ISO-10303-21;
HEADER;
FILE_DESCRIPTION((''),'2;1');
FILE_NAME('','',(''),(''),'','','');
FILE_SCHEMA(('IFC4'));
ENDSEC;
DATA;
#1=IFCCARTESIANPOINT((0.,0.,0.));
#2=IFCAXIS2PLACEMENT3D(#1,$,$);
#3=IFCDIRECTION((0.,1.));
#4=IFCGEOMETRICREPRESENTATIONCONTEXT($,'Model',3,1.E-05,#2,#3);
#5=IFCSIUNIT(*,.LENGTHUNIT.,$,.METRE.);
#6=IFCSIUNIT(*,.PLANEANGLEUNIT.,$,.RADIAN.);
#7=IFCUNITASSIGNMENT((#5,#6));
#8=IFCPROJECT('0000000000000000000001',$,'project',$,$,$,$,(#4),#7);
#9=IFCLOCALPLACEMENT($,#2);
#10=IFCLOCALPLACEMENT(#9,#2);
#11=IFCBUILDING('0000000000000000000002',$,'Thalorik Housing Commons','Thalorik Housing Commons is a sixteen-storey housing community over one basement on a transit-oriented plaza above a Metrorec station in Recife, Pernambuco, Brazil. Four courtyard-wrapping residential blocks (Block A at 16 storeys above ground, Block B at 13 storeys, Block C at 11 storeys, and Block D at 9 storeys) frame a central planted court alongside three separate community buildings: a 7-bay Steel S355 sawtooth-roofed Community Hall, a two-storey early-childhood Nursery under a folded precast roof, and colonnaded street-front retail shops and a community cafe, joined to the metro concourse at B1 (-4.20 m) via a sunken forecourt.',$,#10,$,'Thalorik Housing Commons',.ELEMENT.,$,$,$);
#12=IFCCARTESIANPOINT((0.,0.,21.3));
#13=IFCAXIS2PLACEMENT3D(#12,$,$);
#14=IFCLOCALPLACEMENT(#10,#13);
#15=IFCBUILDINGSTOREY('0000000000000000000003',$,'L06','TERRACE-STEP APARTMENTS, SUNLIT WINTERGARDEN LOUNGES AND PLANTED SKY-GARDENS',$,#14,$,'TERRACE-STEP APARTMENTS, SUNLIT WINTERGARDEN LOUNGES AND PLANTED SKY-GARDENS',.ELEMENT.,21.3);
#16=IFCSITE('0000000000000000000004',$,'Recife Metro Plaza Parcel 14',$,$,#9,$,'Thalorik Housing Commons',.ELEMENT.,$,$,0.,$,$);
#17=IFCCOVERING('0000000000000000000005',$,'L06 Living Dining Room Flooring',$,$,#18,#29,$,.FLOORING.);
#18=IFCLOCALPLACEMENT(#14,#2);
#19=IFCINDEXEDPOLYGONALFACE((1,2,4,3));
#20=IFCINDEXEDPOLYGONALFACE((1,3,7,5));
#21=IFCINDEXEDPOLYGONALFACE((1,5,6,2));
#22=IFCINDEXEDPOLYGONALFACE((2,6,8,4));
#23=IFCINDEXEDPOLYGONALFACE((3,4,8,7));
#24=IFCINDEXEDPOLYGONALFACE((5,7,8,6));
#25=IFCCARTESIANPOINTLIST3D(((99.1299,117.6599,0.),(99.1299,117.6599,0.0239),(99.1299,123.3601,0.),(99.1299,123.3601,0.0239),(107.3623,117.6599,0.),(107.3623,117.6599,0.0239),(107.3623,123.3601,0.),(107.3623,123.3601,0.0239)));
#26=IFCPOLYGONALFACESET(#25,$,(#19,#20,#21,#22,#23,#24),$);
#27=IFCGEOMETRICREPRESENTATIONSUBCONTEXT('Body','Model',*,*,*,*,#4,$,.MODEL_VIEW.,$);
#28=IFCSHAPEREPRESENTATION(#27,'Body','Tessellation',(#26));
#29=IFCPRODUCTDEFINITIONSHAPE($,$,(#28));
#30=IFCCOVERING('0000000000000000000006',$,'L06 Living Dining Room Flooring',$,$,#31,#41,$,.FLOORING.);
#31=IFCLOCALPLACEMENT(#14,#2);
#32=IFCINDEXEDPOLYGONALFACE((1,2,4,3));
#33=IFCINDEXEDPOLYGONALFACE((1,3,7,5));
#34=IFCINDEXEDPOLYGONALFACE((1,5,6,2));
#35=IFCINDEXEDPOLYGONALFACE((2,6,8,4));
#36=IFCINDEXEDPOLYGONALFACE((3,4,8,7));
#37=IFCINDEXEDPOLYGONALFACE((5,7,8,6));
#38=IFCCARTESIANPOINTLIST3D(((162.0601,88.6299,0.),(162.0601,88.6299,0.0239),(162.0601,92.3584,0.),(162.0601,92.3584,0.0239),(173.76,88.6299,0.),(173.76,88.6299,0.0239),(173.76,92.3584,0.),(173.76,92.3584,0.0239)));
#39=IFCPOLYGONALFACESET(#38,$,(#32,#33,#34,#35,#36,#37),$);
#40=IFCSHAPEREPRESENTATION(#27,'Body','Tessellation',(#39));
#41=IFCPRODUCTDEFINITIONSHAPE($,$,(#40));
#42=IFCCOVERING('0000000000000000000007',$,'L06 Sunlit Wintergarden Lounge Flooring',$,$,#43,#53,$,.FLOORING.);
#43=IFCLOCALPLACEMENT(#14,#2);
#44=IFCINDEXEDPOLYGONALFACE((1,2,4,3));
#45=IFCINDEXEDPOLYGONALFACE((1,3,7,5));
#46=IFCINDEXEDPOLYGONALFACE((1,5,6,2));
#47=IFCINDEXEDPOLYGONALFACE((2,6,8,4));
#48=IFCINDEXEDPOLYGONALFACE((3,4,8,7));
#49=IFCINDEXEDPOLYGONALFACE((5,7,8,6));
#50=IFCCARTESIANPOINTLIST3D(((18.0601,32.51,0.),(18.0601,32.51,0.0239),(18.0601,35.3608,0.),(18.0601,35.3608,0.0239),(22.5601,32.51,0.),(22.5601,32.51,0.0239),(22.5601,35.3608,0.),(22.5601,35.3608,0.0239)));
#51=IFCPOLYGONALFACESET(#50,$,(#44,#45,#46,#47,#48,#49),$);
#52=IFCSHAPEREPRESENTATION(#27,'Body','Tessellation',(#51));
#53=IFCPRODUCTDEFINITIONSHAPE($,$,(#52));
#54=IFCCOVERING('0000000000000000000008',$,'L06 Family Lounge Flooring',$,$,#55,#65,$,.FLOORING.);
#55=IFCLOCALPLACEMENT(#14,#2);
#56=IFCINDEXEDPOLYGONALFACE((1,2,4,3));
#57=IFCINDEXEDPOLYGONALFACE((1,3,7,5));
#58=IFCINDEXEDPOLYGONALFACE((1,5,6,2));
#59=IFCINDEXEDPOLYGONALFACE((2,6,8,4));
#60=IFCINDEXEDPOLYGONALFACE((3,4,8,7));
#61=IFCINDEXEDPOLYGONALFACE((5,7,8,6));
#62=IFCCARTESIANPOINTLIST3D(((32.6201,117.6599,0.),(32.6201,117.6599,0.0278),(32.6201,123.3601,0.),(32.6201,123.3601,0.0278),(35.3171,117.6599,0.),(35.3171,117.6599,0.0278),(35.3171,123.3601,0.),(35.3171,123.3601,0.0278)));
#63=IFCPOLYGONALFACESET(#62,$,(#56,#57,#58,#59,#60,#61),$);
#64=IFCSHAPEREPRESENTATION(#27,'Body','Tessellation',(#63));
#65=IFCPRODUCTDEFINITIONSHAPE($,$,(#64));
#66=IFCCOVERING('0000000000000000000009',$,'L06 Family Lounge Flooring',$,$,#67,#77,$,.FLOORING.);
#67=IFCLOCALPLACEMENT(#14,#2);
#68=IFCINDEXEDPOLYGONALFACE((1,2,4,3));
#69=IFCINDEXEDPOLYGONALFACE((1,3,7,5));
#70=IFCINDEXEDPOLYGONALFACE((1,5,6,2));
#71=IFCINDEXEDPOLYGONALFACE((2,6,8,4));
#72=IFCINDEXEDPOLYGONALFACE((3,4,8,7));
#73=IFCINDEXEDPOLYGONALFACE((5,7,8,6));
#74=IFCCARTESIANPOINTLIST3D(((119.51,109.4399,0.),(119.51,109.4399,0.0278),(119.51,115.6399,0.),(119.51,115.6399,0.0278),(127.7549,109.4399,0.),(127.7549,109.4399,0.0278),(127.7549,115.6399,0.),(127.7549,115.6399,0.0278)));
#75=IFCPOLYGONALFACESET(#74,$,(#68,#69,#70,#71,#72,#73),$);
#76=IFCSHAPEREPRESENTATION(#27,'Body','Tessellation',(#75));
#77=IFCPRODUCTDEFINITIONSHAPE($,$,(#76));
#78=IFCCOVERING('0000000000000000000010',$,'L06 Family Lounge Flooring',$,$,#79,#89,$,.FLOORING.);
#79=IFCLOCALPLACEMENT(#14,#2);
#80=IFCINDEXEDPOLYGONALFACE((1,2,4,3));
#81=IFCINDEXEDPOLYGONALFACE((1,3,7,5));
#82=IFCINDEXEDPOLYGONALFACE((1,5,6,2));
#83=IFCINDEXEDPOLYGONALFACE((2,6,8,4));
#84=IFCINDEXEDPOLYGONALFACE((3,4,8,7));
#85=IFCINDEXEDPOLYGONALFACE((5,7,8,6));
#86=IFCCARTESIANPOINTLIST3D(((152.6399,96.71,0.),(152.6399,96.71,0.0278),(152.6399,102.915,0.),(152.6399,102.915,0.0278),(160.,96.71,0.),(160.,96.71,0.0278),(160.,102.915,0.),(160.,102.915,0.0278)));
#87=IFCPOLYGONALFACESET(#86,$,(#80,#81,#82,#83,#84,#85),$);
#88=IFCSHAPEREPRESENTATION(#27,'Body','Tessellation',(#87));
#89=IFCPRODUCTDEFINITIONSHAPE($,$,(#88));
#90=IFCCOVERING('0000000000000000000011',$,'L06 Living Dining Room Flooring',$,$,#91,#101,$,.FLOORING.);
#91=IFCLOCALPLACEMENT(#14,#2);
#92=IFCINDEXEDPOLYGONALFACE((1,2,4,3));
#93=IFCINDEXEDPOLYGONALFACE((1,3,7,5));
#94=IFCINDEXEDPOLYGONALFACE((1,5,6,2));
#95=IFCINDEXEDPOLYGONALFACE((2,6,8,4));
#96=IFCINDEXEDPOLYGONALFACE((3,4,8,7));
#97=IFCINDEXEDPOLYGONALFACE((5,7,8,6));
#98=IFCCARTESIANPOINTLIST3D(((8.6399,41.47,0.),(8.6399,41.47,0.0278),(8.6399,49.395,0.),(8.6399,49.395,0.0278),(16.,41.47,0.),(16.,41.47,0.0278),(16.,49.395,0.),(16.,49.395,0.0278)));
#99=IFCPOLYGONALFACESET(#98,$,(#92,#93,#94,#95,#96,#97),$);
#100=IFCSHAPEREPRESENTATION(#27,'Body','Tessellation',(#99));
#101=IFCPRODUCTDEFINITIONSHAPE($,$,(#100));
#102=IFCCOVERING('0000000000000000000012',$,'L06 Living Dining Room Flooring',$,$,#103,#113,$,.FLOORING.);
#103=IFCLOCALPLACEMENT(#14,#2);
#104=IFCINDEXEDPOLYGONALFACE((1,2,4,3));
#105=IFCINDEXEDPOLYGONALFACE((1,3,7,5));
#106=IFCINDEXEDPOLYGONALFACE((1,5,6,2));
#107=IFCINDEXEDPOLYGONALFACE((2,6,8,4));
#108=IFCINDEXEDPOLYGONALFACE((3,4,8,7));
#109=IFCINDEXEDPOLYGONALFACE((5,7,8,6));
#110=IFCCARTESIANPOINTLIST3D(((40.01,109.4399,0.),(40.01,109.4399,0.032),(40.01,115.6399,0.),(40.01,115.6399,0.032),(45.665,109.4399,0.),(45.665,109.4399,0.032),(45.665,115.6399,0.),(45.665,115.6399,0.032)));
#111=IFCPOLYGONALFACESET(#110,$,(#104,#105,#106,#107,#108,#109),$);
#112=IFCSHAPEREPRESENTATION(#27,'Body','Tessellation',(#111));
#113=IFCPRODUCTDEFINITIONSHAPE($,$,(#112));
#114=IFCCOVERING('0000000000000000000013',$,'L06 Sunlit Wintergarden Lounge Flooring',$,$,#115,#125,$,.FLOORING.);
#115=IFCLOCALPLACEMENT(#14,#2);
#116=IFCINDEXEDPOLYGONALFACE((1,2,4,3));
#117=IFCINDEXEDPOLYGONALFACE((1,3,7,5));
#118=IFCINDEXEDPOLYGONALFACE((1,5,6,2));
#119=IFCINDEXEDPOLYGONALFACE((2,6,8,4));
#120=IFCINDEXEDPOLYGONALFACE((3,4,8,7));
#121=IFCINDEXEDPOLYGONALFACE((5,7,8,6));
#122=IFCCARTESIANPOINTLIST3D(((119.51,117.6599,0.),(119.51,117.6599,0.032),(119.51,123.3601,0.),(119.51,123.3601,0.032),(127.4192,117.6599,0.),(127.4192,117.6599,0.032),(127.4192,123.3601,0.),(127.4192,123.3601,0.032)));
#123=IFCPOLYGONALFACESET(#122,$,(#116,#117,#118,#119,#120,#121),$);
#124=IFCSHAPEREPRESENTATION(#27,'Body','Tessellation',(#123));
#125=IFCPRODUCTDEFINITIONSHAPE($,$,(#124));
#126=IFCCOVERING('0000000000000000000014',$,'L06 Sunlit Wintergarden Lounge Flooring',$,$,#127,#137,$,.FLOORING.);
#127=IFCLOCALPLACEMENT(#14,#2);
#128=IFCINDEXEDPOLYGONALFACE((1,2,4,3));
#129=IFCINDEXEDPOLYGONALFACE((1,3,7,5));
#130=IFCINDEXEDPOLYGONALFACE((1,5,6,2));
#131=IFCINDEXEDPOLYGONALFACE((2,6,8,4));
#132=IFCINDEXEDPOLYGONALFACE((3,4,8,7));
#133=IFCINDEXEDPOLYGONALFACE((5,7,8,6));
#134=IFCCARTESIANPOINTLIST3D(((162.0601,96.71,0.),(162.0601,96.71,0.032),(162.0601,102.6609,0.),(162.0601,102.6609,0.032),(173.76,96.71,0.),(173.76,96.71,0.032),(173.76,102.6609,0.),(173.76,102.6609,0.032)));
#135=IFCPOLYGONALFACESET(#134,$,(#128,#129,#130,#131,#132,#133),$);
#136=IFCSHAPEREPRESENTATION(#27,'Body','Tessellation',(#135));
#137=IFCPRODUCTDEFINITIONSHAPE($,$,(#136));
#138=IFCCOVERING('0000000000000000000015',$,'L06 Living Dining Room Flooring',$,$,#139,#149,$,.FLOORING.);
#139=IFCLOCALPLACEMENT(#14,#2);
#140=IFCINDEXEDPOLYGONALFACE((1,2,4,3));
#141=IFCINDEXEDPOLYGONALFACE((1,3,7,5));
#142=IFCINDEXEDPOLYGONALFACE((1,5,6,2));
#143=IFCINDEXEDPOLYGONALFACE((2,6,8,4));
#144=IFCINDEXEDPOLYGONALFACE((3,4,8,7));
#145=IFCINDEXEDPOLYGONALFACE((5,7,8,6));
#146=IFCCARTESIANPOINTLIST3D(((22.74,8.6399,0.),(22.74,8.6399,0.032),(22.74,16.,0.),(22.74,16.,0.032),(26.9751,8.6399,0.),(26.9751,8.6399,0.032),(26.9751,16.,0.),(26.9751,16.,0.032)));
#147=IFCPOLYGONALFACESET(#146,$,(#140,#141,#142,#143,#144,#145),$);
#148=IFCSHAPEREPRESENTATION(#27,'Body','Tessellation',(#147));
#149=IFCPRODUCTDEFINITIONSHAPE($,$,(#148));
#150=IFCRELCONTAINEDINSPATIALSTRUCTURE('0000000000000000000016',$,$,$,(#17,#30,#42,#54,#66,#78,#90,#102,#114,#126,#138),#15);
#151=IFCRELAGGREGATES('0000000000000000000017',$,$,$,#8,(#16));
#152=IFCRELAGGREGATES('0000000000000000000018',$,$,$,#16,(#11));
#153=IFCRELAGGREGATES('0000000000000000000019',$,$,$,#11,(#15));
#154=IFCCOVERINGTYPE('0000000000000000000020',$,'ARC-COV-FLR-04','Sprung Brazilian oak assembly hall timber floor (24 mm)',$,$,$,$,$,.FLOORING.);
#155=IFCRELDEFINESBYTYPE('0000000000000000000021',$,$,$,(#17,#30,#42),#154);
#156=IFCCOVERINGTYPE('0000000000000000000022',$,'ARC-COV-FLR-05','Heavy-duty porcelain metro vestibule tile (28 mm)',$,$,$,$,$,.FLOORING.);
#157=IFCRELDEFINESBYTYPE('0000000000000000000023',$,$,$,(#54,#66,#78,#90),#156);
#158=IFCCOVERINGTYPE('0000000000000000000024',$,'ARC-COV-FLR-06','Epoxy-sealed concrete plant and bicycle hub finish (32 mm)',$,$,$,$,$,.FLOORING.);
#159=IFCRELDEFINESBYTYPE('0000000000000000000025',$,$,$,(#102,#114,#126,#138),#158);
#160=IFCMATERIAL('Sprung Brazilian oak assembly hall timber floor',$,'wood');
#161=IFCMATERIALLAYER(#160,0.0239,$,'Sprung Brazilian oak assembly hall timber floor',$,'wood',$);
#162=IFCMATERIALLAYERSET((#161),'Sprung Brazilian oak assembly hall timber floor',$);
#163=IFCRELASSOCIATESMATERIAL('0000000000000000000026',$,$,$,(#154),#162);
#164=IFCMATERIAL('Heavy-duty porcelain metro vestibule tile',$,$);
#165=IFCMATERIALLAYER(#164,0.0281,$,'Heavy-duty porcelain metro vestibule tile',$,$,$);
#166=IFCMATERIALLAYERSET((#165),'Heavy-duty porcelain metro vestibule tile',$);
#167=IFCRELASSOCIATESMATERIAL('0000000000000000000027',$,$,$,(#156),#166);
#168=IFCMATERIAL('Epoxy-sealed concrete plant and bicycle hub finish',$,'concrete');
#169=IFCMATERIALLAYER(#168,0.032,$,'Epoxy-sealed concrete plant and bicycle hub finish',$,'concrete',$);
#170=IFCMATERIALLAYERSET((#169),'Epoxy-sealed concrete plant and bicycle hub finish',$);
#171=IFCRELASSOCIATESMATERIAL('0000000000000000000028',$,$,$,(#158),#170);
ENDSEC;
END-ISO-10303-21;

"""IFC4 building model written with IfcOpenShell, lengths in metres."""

from ifc_helpers import new_model, si_unit, direction, frame, origin, place, context, subcontext, project, spatial, polyline, outline, extrude, material, layer, layer_set, type_object, element, save


model = new_model("IFC4")

# Units and contexts
model_context = context("Model", 3, precision=1e-05, world=origin(), true_north=direction((0.0, 1.0)))
body_context = subcontext(model_context, "Body", "Model", "MODEL_VIEW")
ifc_project = project(units=[si_unit("LENGTHUNIT", "METRE"), si_unit("PLANEANGLEUNIT", "RADIAN")], contexts=[model_context])

# Site, building, storey
site_placement = place(None, origin())
site = spatial("IfcSite", under=ifc_project, at=site_placement, Name="Recife Metro Plaza Parcel 14", LongName="Thalorik Housing Commons", CompositionType="ELEMENT", RefElevation=0.0)
building_placement = place(site_placement, origin())
building = spatial("IfcBuilding", under=site, at=building_placement, Name="Thalorik Housing Commons", Description="Thalorik Housing Commons is a sixteen-storey housing community over one basement on a transit-oriented plaza above a Metrorec station in Recife, Pernambuco, Brazil. Four courtyard-wrapping residential blocks (Block A at 16 storeys above ground, Block B at 13 storeys, Block C at 11 storeys, and Block D at 9 storeys) frame a central planted court alongside three separate community buildings: a 7-bay Steel S355 sawtooth-roofed Community Hall, a two-storey early-childhood Nursery under a folded precast roof, and colonnaded street-front retail shops and a community cafe, joined to the metro concourse at B1 (-4.20 m) via a sunken forecourt.", LongName="Thalorik Housing Commons", CompositionType="ELEMENT")
storey_placement = place(building_placement, frame((0.0, 0.0, 21.3)))
storey = spatial("IfcBuildingStorey", under=building, at=storey_placement, Name="L06", Description="TERRACE-STEP APARTMENTS, SUNLIT WINTERGARDEN LOUNGES AND PLANTED SKY-GARDENS", LongName="TERRACE-STEP APARTMENTS, SUNLIT WINTERGARDEN LOUNGES AND PLANTED SKY-GARDENS", CompositionType="ELEMENT", Elevation=21.3)

# Coverings
ifc_material_1 = material(Name="Sprung Brazilian oak assembly hall timber floor", Category="wood")
ifc_layer_1 = layer(ifc_material_1, 0.0239, Name="Sprung Brazilian oak assembly hall timber floor", Category="wood")
ifc_layer_set_1 = layer_set([ifc_layer_1], Name="Sprung Brazilian oak assembly hall timber floor")
covering_type_1 = type_object("IfcCoveringType", Name="ARC-COV-FLR-04", Description="Sprung Brazilian oak assembly hall timber floor (24 mm)", PredefinedType="FLOORING", material=ifc_layer_set_1)
covering_1_placement = place(storey_placement, origin())
element("IfcCovering", 1, at=covering_1_placement, inside=storey, type_object=covering_type_1, Name="L06 Living Dining Room Flooring", PredefinedType="FLOORING", context=body_context, shape_type="SweptSolid", body=[
    extrude(outline(polyline([(107.3623, 117.6599), (107.3623, 123.3601), (99.1299, 123.3601), (99.1299, 117.6599), (107.3623, 117.6599)])), origin(), (0.0, 0.0, 1.0), 0.0239),
])
covering_2_placement = place(storey_placement, origin())
element("IfcCovering", 2, at=covering_2_placement, inside=storey, type_object=covering_type_1, Name="L06 Living Dining Room Flooring", PredefinedType="FLOORING", context=body_context, shape_type="SweptSolid", body=[
    extrude(outline(polyline([(173.76, 92.3584), (162.0601, 92.3584), (162.0601, 88.6299), (173.76, 88.6299), (173.76, 92.3584)])), origin(), (0.0, 0.0, 1.0), 0.0239),
])
covering_3_placement = place(storey_placement, origin())
element("IfcCovering", 3, at=covering_3_placement, inside=storey, type_object=covering_type_1, Name="L06 Sunlit Wintergarden Lounge Flooring", PredefinedType="FLOORING", context=body_context, shape_type="SweptSolid", body=[
    extrude(outline(polyline([(22.5601, 35.3608), (18.0601, 35.3608), (18.0601, 32.51), (22.5601, 32.51), (22.5601, 35.3608)])), origin(), (0.0, 0.0, 1.0), 0.0239),
])
ifc_material_2 = material(Name="Heavy-duty porcelain metro vestibule tile")
ifc_layer_2 = layer(ifc_material_2, 0.0281, Name="Heavy-duty porcelain metro vestibule tile")
ifc_layer_set_2 = layer_set([ifc_layer_2], Name="Heavy-duty porcelain metro vestibule tile")
covering_type_2 = type_object("IfcCoveringType", Name="ARC-COV-FLR-05", Description="Heavy-duty porcelain metro vestibule tile (28 mm)", PredefinedType="FLOORING", material=ifc_layer_set_2)
covering_4_placement = place(storey_placement, origin())
element("IfcCovering", 4, at=covering_4_placement, inside=storey, type_object=covering_type_2, Name="L06 Family Lounge Flooring", PredefinedType="FLOORING", context=body_context, shape_type="SweptSolid", body=[
    extrude(outline(polyline([(35.3171, 117.6599), (35.3171, 123.3601), (32.6201, 123.3601), (32.6201, 117.6599), (35.3171, 117.6599)])), origin(), (0.0, 0.0, 1.0), 0.0278),
])
covering_5_placement = place(storey_placement, origin())
element("IfcCovering", 5, at=covering_5_placement, inside=storey, type_object=covering_type_2, Name="L06 Family Lounge Flooring", PredefinedType="FLOORING", context=body_context, shape_type="SweptSolid", body=[
    extrude(outline(polyline([(127.7549, 109.4399), (127.7549, 115.6399), (119.51, 115.6399), (119.51, 109.4399), (127.7549, 109.4399)])), origin(), (0.0, 0.0, 1.0), 0.0278),
])
covering_6_placement = place(storey_placement, origin())
element("IfcCovering", 6, at=covering_6_placement, inside=storey, type_object=covering_type_2, Name="L06 Family Lounge Flooring", PredefinedType="FLOORING", context=body_context, shape_type="SweptSolid", body=[
    extrude(outline(polyline([(160.0, 102.915), (152.6399, 102.915), (152.6399, 96.71), (160.0, 96.71), (160.0, 102.915)])), origin(), (0.0, 0.0, 1.0), 0.0278),
])
covering_7_placement = place(storey_placement, origin())
element("IfcCovering", 7, at=covering_7_placement, inside=storey, type_object=covering_type_2, Name="L06 Living Dining Room Flooring", PredefinedType="FLOORING", context=body_context, shape_type="SweptSolid", body=[
    extrude(outline(polyline([(16.0, 49.395), (8.6399, 49.395), (8.6399, 41.47), (16.0, 41.47), (16.0, 49.395)])), origin(), (0.0, 0.0, 1.0), 0.0278),
])
ifc_material_3 = material(Name="Epoxy-sealed concrete plant and bicycle hub finish", Category="concrete")
ifc_layer_3 = layer(ifc_material_3, 0.032, Name="Epoxy-sealed concrete plant and bicycle hub finish", Category="concrete")
ifc_layer_set_3 = layer_set([ifc_layer_3], Name="Epoxy-sealed concrete plant and bicycle hub finish")
covering_type_3 = type_object("IfcCoveringType", Name="ARC-COV-FLR-06", Description="Epoxy-sealed concrete plant and bicycle hub finish (32 mm)", PredefinedType="FLOORING", material=ifc_layer_set_3)
covering_8_placement = place(storey_placement, origin())
element("IfcCovering", 8, at=covering_8_placement, inside=storey, type_object=covering_type_3, Name="L06 Living Dining Room Flooring", PredefinedType="FLOORING", context=body_context, shape_type="SweptSolid", body=[
    extrude(outline(polyline([(45.665, 109.4399), (45.665, 115.6399), (40.01, 115.6399), (40.01, 109.4399), (45.665, 109.4399)])), origin(), (0.0, 0.0, 1.0), 0.032),
])
covering_9_placement = place(storey_placement, origin())
element("IfcCovering", 9, at=covering_9_placement, inside=storey, type_object=covering_type_3, Name="L06 Sunlit Wintergarden Lounge Flooring", PredefinedType="FLOORING", context=body_context, shape_type="SweptSolid", body=[
    extrude(outline(polyline([(127.4192, 117.6599), (127.4192, 123.3601), (119.51, 123.3601), (119.51, 117.6599), (127.4192, 117.6599)])), origin(), (0.0, 0.0, 1.0), 0.032),
])
covering_10_placement = place(storey_placement, origin())
element("IfcCovering", 10, at=covering_10_placement, inside=storey, type_object=covering_type_3, Name="L06 Sunlit Wintergarden Lounge Flooring", PredefinedType="FLOORING", context=body_context, shape_type="SweptSolid", body=[
    extrude(outline(polyline([(173.76, 102.6609), (162.0601, 102.6609), (162.0601, 96.71), (173.76, 96.71), (173.76, 102.6609)])), origin(), (0.0, 0.0, 1.0), 0.032),
])
covering_11_placement = place(storey_placement, origin())
element("IfcCovering", 11, at=covering_11_placement, inside=storey, type_object=covering_type_3, Name="L06 Living Dining Room Flooring", PredefinedType="FLOORING", context=body_context, shape_type="SweptSolid", body=[
    extrude(outline(polyline([(26.9751, 8.6399), (26.9751, 16.0), (22.74, 16.0), (22.74, 8.6399), (26.9751, 8.6399)])), origin(), (0.0, 0.0, 1.0), 0.032),
])

save(model, "model.ifc")
